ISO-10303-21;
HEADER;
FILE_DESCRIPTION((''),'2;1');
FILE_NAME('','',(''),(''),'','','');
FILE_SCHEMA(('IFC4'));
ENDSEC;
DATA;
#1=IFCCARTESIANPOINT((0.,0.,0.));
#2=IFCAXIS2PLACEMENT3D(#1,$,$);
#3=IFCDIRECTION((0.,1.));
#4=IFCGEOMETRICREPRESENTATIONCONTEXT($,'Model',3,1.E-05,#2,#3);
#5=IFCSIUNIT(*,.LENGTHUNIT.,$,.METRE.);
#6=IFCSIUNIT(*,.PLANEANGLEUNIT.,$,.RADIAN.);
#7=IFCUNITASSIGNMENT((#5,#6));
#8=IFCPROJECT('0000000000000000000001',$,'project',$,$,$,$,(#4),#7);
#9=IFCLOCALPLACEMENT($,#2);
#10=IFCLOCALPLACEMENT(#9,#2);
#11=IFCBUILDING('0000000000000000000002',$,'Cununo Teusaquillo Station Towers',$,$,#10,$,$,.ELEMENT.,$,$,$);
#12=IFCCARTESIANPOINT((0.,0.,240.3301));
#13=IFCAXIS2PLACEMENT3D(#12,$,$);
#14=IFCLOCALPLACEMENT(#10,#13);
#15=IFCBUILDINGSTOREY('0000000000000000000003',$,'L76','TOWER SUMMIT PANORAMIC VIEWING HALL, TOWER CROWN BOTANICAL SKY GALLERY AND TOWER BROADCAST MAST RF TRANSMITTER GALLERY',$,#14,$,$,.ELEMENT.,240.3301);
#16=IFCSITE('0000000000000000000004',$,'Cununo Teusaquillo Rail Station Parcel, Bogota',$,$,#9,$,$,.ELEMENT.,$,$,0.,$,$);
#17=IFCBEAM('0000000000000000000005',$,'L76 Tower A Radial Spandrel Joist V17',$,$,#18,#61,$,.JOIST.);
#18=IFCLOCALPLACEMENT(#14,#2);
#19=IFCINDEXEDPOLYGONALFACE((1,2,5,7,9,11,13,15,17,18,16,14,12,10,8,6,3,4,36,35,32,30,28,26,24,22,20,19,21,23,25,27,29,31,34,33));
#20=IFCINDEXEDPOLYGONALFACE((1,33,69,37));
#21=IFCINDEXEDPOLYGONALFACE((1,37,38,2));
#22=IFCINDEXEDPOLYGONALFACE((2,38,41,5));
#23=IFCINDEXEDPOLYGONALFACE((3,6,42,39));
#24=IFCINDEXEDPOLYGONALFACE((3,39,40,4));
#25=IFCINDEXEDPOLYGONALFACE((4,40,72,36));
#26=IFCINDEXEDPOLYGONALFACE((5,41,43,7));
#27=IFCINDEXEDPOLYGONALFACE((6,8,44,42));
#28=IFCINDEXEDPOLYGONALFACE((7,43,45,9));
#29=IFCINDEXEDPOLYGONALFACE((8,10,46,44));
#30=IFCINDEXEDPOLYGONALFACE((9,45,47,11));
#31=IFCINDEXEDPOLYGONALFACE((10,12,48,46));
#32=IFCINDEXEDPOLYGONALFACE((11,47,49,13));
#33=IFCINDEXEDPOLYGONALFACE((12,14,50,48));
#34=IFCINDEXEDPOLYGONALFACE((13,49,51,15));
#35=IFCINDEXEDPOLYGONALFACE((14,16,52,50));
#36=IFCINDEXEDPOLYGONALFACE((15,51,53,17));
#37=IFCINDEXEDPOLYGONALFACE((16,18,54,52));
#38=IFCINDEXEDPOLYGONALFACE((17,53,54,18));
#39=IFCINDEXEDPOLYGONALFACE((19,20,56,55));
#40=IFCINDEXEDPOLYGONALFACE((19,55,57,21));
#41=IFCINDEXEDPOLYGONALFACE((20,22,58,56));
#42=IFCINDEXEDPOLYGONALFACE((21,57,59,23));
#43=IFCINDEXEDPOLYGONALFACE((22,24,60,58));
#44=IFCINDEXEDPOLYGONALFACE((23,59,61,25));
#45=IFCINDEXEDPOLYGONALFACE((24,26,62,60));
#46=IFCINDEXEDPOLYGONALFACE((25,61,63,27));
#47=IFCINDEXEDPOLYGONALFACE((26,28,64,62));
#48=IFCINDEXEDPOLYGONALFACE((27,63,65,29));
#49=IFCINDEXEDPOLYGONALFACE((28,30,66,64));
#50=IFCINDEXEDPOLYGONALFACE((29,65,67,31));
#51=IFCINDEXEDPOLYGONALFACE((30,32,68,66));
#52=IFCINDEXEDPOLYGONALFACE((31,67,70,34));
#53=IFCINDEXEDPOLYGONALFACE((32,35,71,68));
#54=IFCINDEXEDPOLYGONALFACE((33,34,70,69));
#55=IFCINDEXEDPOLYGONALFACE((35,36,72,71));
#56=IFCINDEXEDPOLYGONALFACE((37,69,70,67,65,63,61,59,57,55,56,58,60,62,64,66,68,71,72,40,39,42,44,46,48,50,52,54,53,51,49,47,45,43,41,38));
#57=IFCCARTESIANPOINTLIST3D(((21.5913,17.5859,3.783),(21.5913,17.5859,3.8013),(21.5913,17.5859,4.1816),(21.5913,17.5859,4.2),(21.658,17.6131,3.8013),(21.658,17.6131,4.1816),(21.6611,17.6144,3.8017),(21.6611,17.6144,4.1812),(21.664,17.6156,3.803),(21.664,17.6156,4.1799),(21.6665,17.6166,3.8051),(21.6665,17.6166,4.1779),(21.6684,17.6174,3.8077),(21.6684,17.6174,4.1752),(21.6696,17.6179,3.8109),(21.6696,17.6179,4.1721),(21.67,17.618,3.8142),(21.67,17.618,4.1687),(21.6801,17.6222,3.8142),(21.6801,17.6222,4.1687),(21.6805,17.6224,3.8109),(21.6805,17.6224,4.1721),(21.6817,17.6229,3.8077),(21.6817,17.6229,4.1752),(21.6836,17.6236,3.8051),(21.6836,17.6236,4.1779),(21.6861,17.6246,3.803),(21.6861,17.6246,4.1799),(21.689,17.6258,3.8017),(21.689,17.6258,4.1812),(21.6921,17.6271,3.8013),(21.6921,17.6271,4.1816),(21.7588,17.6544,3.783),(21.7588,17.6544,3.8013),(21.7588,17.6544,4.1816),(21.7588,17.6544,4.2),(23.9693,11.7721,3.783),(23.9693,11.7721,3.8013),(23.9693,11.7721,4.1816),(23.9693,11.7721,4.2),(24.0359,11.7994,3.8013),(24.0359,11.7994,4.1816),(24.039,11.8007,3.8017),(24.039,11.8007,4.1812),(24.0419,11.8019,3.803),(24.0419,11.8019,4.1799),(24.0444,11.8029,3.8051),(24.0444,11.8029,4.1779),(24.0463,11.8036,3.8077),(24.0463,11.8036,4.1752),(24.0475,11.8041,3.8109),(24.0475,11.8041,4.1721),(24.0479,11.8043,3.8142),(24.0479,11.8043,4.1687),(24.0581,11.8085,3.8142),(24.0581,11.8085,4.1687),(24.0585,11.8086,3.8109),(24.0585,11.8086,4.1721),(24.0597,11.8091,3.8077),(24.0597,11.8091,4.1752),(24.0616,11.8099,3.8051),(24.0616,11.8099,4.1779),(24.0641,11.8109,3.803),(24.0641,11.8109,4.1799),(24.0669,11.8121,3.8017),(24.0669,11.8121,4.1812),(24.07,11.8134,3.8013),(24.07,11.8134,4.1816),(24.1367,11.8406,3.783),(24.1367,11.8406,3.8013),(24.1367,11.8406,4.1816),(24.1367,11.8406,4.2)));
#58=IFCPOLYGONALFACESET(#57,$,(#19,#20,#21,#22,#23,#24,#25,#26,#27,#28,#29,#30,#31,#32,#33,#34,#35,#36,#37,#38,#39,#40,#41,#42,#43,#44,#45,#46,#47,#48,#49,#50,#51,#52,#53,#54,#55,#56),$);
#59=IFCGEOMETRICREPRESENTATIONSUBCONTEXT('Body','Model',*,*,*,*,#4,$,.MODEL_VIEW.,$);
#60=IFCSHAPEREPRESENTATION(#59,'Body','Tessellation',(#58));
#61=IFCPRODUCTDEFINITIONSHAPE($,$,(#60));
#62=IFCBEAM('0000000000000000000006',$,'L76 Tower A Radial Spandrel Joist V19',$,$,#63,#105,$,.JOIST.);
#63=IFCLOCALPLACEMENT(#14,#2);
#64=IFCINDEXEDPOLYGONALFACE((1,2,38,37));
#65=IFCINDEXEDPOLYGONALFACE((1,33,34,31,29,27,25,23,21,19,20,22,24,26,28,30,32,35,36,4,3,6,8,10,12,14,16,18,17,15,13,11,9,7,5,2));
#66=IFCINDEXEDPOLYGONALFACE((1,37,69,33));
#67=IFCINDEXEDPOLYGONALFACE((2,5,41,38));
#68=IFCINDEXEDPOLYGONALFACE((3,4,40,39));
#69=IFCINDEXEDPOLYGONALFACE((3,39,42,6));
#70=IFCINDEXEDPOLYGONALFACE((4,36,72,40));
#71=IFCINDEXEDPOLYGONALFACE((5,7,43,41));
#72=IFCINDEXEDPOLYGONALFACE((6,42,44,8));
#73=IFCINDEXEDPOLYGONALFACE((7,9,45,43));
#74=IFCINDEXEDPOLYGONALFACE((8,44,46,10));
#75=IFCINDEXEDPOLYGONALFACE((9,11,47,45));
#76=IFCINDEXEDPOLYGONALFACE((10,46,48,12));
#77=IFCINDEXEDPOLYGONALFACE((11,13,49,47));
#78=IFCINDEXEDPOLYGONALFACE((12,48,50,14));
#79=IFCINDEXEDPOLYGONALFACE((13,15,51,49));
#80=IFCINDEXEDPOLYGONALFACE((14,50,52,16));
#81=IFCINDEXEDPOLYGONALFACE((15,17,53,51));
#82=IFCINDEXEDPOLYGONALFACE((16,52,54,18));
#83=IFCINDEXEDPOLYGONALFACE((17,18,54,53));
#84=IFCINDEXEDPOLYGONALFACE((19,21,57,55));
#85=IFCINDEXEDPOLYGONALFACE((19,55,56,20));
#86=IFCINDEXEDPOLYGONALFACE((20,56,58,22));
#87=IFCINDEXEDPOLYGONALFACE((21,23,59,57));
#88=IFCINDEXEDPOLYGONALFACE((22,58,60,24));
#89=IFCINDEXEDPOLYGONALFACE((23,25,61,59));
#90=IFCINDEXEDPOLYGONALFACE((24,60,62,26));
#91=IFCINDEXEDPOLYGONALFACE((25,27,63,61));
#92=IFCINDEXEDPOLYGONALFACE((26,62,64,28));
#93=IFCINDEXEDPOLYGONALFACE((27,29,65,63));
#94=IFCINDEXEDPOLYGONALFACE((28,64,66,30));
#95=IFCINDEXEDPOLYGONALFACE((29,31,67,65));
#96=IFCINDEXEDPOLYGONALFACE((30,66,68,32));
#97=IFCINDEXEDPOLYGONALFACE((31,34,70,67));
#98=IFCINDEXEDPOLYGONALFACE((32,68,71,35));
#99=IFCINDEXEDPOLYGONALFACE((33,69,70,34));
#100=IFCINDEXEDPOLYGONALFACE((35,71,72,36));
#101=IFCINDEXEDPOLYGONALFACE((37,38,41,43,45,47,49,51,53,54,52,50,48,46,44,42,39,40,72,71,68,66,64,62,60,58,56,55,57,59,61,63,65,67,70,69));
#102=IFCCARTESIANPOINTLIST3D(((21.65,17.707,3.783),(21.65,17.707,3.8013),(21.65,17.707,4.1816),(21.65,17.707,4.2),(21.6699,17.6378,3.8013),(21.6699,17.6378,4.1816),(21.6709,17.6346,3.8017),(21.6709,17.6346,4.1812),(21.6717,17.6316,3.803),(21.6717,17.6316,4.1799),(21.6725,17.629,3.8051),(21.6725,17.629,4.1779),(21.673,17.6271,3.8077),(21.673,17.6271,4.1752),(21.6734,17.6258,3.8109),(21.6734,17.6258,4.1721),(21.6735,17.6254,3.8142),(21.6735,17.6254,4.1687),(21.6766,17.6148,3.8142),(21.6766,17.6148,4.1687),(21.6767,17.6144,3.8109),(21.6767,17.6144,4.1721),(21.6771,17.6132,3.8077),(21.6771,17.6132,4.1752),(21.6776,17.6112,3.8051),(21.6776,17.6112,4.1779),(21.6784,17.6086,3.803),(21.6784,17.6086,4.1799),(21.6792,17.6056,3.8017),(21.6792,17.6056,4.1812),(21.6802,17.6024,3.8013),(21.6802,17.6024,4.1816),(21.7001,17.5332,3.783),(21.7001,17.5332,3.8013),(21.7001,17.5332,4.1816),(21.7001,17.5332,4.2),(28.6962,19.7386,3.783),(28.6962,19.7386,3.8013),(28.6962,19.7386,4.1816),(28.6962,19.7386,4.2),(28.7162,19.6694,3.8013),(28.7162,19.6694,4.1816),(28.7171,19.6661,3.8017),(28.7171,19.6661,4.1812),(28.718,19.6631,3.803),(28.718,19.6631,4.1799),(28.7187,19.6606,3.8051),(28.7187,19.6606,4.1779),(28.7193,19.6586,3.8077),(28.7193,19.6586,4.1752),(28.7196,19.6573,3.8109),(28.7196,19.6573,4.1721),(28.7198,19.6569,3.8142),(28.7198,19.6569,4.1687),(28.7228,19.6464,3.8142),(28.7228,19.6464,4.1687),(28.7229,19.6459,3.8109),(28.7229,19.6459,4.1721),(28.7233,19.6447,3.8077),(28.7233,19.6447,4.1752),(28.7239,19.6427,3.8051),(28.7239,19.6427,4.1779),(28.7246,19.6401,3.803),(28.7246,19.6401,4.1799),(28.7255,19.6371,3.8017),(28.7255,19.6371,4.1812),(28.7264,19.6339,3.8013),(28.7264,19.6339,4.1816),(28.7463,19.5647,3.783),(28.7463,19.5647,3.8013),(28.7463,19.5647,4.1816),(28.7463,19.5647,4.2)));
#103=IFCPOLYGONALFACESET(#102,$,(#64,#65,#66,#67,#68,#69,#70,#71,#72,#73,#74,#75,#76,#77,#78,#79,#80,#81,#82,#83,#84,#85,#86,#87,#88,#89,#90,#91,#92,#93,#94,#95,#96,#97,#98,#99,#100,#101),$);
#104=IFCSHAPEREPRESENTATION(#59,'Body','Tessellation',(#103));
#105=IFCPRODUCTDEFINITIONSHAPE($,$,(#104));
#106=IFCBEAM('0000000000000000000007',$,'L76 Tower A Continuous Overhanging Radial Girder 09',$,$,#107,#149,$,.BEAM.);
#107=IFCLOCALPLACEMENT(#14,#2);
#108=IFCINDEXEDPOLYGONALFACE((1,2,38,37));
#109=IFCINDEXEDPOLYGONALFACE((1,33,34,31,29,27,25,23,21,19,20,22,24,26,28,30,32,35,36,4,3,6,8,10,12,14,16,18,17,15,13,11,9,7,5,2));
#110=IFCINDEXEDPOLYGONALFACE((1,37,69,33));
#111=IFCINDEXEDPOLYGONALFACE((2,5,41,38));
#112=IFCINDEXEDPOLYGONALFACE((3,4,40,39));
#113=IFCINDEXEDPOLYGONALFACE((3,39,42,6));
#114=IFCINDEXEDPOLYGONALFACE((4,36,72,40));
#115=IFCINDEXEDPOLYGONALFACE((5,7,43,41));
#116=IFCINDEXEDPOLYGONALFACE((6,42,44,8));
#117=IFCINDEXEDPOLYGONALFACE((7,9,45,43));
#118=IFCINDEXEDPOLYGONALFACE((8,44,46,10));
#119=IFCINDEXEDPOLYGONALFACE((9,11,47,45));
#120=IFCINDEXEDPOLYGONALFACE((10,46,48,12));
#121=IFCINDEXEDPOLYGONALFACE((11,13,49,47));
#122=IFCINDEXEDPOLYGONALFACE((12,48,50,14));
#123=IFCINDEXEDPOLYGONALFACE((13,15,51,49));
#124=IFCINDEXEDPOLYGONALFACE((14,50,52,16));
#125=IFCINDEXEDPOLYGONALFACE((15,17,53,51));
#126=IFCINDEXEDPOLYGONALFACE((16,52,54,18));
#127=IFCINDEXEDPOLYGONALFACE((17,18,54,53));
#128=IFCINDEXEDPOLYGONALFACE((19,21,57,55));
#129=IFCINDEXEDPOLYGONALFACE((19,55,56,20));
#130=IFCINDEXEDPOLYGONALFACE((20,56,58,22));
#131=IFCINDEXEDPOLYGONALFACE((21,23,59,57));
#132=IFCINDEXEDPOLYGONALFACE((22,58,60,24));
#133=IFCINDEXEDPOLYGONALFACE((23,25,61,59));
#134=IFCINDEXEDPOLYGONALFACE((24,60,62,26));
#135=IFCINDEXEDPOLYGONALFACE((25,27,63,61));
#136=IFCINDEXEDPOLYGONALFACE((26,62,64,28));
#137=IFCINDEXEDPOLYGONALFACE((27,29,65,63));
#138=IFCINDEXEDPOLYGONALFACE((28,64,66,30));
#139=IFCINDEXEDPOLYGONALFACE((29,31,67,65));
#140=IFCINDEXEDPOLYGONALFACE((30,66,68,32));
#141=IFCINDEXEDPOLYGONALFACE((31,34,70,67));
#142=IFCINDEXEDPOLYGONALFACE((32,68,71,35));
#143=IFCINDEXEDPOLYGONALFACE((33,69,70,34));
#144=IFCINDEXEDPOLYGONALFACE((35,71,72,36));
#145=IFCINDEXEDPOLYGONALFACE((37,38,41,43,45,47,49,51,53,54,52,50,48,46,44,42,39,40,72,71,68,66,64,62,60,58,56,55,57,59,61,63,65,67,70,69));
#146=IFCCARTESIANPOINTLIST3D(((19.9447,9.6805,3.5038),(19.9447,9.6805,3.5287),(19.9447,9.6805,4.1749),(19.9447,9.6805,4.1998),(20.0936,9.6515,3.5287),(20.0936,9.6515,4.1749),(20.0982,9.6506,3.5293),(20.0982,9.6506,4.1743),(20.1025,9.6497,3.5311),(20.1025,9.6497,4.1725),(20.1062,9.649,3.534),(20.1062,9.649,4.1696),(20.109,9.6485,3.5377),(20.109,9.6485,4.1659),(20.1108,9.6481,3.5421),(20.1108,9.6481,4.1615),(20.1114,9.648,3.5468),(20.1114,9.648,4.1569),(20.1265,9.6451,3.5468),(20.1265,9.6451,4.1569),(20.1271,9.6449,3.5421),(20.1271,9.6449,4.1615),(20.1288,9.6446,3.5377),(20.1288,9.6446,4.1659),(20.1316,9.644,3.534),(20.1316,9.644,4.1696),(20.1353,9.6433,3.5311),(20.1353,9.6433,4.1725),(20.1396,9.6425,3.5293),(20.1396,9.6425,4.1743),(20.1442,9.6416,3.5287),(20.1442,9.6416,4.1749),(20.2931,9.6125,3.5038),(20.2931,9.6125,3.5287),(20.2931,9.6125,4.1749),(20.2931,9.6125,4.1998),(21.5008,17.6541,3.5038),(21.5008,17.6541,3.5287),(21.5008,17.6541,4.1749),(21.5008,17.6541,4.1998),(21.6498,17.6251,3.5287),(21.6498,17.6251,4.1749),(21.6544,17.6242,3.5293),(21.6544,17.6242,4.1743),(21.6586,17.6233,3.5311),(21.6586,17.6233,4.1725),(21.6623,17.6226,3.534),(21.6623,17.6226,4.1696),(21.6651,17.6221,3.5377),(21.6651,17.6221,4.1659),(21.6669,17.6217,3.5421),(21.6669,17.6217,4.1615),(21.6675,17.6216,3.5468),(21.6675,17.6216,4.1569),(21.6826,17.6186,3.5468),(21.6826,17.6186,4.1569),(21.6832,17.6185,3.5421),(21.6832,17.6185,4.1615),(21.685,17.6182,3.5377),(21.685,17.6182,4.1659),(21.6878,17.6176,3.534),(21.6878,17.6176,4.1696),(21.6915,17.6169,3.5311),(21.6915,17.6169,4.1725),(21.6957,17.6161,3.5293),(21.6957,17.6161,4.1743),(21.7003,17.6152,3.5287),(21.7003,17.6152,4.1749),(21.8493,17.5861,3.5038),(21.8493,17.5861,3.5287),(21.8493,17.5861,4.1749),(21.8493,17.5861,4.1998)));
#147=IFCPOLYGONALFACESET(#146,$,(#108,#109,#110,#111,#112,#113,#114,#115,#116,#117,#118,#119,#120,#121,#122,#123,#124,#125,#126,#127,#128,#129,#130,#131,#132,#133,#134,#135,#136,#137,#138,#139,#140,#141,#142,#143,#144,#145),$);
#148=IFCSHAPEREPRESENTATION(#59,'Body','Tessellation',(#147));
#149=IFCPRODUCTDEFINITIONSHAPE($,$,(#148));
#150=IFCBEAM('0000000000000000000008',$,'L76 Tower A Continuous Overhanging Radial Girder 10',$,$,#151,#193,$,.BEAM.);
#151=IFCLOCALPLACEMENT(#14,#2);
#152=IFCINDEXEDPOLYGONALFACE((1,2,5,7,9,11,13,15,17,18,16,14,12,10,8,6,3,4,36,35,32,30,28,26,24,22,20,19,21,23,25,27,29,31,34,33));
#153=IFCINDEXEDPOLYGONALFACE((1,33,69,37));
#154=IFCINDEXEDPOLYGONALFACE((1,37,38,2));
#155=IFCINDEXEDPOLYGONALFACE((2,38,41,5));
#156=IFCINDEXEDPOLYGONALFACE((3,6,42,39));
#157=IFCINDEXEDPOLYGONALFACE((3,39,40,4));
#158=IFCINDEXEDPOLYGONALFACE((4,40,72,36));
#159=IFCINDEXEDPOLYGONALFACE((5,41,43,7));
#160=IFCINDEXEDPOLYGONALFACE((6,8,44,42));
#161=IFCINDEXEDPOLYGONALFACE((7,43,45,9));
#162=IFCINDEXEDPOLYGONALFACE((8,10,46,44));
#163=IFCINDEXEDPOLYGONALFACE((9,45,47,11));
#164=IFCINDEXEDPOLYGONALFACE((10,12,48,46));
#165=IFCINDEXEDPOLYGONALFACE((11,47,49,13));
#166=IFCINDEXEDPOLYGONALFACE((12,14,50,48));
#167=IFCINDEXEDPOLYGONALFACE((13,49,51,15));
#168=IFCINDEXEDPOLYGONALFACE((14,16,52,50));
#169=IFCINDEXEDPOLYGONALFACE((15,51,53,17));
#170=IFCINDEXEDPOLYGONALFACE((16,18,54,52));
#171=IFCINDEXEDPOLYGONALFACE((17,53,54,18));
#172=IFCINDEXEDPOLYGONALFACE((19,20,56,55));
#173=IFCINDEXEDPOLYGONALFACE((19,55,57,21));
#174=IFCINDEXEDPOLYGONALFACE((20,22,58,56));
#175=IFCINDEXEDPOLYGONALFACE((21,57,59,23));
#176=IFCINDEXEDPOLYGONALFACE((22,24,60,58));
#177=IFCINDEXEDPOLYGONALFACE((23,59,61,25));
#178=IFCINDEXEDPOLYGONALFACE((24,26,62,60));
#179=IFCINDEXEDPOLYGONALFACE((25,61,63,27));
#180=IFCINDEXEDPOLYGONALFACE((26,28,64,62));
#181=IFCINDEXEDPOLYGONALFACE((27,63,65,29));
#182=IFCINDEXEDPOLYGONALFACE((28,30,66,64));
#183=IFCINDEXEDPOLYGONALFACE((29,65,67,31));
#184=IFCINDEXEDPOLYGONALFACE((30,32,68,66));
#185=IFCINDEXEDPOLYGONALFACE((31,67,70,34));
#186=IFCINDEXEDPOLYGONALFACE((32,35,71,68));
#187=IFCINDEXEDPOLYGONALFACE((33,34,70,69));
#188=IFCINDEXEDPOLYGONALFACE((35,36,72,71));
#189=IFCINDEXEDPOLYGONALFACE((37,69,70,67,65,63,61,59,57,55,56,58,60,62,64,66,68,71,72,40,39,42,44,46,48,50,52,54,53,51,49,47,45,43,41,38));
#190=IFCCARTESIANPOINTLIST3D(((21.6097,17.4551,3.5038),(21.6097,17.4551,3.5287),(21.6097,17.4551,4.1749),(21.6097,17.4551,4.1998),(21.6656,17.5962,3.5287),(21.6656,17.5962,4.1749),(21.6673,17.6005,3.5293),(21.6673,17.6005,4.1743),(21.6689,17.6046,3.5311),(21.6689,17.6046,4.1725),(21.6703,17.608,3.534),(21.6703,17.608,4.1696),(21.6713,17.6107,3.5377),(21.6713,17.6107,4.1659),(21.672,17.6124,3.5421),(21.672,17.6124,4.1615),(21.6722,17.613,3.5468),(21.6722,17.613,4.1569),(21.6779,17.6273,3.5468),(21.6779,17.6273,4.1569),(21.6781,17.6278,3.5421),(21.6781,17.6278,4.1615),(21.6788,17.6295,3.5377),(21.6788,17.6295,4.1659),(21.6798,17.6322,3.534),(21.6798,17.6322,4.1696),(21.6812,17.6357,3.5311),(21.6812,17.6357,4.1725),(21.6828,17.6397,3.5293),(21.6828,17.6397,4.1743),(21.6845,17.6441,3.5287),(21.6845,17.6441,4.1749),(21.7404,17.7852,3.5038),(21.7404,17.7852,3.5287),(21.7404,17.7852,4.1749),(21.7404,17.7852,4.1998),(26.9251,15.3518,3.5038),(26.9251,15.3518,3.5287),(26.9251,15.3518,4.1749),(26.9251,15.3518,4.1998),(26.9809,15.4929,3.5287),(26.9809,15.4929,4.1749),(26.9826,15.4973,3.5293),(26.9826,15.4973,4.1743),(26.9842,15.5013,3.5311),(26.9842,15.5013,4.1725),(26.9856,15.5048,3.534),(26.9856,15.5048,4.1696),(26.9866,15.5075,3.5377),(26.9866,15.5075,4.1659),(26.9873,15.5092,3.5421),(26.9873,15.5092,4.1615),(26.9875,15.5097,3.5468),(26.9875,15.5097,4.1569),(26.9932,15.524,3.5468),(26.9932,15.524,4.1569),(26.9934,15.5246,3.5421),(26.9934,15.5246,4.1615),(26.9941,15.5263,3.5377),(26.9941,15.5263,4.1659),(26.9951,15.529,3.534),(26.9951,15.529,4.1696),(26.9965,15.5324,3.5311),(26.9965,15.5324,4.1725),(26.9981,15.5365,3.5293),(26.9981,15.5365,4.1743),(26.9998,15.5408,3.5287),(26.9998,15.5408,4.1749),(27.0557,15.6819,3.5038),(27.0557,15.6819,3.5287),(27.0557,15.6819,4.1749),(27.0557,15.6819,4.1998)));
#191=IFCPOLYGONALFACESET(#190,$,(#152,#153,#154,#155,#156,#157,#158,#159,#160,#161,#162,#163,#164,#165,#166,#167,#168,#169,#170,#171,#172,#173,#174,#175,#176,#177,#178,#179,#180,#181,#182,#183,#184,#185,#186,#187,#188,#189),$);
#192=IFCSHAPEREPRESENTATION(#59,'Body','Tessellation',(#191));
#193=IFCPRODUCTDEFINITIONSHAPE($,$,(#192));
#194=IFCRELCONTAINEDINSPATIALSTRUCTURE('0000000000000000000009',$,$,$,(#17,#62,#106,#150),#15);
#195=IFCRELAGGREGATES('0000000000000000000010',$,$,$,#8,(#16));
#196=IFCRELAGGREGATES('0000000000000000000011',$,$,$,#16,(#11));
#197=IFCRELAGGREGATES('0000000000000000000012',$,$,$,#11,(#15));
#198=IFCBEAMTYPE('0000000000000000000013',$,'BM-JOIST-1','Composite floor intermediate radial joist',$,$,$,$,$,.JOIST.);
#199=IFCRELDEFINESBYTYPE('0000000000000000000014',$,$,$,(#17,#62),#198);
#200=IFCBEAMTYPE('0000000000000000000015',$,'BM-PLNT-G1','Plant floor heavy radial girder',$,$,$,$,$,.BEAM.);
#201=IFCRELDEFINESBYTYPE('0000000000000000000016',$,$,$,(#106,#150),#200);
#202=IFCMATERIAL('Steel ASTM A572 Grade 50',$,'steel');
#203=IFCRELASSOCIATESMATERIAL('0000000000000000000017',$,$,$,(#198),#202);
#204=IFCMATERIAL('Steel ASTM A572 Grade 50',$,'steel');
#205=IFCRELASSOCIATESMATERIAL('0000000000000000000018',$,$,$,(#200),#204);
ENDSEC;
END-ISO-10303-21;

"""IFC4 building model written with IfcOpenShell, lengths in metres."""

from ifc_helpers import new_model, si_unit, direction, frame, origin, origin_2d, place, context, subcontext, project, spatial, i_section, extrude, material, material_profile, profile_set, type_object, element, save


model = new_model("IFC4")

# Units and contexts
model_context = context("Model", 3, precision=1e-05, world=origin(), true_north=direction((0.0, 1.0)))
body_context = subcontext(model_context, "Body", "Model", "MODEL_VIEW")
ifc_project = project(units=[si_unit("LENGTHUNIT", "METRE"), si_unit("PLANEANGLEUNIT", "RADIAN")], contexts=[model_context])

# Site, building, storey
site_placement = place(None, origin())
site = spatial("IfcSite", under=ifc_project, at=site_placement, Name="Cununo Teusaquillo Rail Station Parcel, Bogota", CompositionType="ELEMENT", RefElevation=0.0)
building_placement = place(site_placement, origin())
building = spatial("IfcBuilding", under=site, at=building_placement, Name="Cununo Teusaquillo Station Towers", CompositionType="ELEMENT")
storey_placement = place(building_placement, frame((0.0, 0.0, 240.3301)))
storey = spatial("IfcBuildingStorey", under=building, at=storey_placement, Name="L76", Description="TOWER SUMMIT PANORAMIC VIEWING HALL, TOWER CROWN BOTANICAL SKY GALLERY AND TOWER BROADCAST MAST RF TRANSMITTER GALLERY", CompositionType="ELEMENT", Elevation=240.3301)

# Beams
ifc_material_1 = material(Name="Steel ASTM A572 Grade 50", Category="steel")
ifc_material_profile_1 = material_profile(ifc_material_1, i_section(OverallWidth=0.1809, OverallDepth=0.417, WebThickness=0.011, FlangeThickness=0.0183, FilletRadius=0.0129, at=origin_2d()), Name="W16X57")
ifc_profile_set_1 = profile_set([ifc_material_profile_1], Name="Steel ASTM A572 Grade 50")
beam_type_1 = type_object("IfcBeamType", Name="BM-JOIST-1", Description="Composite floor intermediate radial joist", PredefinedType="JOIST", material=ifc_profile_set_1)
beam_1_placement = place(storey_placement, frame((21.675, 17.6201, 3.9915), z_axis=(0.378577, -0.92557, 0.0), x_axis=(0.92557, 0.378577, 0.0)))
element("IfcBeam", 1, at=beam_1_placement, inside=storey, type_object=beam_type_1, Name="L76 Tower A Radial Spandrel Joist V17", PredefinedType="JOIST", context=body_context, shape_type="SweptSolid", body=[
    extrude(i_section(OverallWidth=0.1809, OverallDepth=0.417, WebThickness=0.011, FlangeThickness=0.0183, FilletRadius=0.0129, at=origin_2d()), origin(), (0.0, 0.0, 1.0), 6.2812),
])
beam_2_placement = place(storey_placement, frame((21.675, 17.6201, 3.9915), z_axis=(0.960862, 0.277029, 0.0), x_axis=(-0.277029, 0.960862, 0.0)))
element("IfcBeam", 2, at=beam_2_placement, inside=storey, type_object=beam_type_1, Name="L76 Tower A Radial Spandrel Joist V19", PredefinedType="JOIST", context=body_context, shape_type="SweptSolid", body=[
    extrude(i_section(OverallWidth=0.1809, OverallDepth=0.417, WebThickness=0.011, FlangeThickness=0.0183, FilletRadius=0.0129, at=origin_2d()), origin(), (0.0, 0.0, 1.0), 7.3333),
])
ifc_material_2 = material(Name="Steel ASTM A572 Grade 50", Category="steel")
ifc_material_profile_2 = material_profile(ifc_material_2, i_section(OverallWidth=0.355, OverallDepth=0.696, WebThickness=0.0154, FlangeThickness=0.0249, FilletRadius=0.0181, at=origin_2d()), Name="W27X146")
ifc_profile_set_2 = profile_set([ifc_material_profile_2], Name="Steel ASTM A572 Grade 50")
beam_type_2 = type_object("IfcBeamType", Name="BM-PLNT-G1", Description="Plant floor heavy radial girder", PredefinedType="BEAM", material=ifc_profile_set_2)
beam_3_placement = place(storey_placement, frame((21.675, 17.6201, 3.8518), z_axis=(-0.191548, -0.981483, 0.0), x_axis=(0.981483, -0.191548, 0.0)))
element("IfcBeam", 3, at=beam_3_placement, inside=storey, type_object=beam_type_2, Name="L76 Tower A Continuous Overhanging Radial Girder 09", PredefinedType="BEAM", context=body_context, shape_type="SweptSolid", body=[
    extrude(i_section(OverallWidth=0.355, OverallDepth=0.696, WebThickness=0.0154, FlangeThickness=0.0249, FilletRadius=0.0181, at=origin_2d()), origin(), (0.0, 0.0, 1.0), 8.124),
])
beam_4_placement = place(storey_placement, frame((21.675, 17.6201, 3.8518), z_axis=(0.929852, -0.367935, 0.0), x_axis=(0.367935, 0.929852, 0.0)))
element("IfcBeam", 4, at=beam_4_placement, inside=storey, type_object=beam_type_2, Name="L76 Tower A Continuous Overhanging Radial Girder 10", PredefinedType="BEAM", context=body_context, shape_type="SweptSolid", body=[
    extrude(i_section(OverallWidth=0.355, OverallDepth=0.696, WebThickness=0.0154, FlangeThickness=0.0249, FilletRadius=0.0181, at=origin_2d()), origin(), (0.0, 0.0, 1.0), 5.7163),
])

save(model, "model.ifc")
